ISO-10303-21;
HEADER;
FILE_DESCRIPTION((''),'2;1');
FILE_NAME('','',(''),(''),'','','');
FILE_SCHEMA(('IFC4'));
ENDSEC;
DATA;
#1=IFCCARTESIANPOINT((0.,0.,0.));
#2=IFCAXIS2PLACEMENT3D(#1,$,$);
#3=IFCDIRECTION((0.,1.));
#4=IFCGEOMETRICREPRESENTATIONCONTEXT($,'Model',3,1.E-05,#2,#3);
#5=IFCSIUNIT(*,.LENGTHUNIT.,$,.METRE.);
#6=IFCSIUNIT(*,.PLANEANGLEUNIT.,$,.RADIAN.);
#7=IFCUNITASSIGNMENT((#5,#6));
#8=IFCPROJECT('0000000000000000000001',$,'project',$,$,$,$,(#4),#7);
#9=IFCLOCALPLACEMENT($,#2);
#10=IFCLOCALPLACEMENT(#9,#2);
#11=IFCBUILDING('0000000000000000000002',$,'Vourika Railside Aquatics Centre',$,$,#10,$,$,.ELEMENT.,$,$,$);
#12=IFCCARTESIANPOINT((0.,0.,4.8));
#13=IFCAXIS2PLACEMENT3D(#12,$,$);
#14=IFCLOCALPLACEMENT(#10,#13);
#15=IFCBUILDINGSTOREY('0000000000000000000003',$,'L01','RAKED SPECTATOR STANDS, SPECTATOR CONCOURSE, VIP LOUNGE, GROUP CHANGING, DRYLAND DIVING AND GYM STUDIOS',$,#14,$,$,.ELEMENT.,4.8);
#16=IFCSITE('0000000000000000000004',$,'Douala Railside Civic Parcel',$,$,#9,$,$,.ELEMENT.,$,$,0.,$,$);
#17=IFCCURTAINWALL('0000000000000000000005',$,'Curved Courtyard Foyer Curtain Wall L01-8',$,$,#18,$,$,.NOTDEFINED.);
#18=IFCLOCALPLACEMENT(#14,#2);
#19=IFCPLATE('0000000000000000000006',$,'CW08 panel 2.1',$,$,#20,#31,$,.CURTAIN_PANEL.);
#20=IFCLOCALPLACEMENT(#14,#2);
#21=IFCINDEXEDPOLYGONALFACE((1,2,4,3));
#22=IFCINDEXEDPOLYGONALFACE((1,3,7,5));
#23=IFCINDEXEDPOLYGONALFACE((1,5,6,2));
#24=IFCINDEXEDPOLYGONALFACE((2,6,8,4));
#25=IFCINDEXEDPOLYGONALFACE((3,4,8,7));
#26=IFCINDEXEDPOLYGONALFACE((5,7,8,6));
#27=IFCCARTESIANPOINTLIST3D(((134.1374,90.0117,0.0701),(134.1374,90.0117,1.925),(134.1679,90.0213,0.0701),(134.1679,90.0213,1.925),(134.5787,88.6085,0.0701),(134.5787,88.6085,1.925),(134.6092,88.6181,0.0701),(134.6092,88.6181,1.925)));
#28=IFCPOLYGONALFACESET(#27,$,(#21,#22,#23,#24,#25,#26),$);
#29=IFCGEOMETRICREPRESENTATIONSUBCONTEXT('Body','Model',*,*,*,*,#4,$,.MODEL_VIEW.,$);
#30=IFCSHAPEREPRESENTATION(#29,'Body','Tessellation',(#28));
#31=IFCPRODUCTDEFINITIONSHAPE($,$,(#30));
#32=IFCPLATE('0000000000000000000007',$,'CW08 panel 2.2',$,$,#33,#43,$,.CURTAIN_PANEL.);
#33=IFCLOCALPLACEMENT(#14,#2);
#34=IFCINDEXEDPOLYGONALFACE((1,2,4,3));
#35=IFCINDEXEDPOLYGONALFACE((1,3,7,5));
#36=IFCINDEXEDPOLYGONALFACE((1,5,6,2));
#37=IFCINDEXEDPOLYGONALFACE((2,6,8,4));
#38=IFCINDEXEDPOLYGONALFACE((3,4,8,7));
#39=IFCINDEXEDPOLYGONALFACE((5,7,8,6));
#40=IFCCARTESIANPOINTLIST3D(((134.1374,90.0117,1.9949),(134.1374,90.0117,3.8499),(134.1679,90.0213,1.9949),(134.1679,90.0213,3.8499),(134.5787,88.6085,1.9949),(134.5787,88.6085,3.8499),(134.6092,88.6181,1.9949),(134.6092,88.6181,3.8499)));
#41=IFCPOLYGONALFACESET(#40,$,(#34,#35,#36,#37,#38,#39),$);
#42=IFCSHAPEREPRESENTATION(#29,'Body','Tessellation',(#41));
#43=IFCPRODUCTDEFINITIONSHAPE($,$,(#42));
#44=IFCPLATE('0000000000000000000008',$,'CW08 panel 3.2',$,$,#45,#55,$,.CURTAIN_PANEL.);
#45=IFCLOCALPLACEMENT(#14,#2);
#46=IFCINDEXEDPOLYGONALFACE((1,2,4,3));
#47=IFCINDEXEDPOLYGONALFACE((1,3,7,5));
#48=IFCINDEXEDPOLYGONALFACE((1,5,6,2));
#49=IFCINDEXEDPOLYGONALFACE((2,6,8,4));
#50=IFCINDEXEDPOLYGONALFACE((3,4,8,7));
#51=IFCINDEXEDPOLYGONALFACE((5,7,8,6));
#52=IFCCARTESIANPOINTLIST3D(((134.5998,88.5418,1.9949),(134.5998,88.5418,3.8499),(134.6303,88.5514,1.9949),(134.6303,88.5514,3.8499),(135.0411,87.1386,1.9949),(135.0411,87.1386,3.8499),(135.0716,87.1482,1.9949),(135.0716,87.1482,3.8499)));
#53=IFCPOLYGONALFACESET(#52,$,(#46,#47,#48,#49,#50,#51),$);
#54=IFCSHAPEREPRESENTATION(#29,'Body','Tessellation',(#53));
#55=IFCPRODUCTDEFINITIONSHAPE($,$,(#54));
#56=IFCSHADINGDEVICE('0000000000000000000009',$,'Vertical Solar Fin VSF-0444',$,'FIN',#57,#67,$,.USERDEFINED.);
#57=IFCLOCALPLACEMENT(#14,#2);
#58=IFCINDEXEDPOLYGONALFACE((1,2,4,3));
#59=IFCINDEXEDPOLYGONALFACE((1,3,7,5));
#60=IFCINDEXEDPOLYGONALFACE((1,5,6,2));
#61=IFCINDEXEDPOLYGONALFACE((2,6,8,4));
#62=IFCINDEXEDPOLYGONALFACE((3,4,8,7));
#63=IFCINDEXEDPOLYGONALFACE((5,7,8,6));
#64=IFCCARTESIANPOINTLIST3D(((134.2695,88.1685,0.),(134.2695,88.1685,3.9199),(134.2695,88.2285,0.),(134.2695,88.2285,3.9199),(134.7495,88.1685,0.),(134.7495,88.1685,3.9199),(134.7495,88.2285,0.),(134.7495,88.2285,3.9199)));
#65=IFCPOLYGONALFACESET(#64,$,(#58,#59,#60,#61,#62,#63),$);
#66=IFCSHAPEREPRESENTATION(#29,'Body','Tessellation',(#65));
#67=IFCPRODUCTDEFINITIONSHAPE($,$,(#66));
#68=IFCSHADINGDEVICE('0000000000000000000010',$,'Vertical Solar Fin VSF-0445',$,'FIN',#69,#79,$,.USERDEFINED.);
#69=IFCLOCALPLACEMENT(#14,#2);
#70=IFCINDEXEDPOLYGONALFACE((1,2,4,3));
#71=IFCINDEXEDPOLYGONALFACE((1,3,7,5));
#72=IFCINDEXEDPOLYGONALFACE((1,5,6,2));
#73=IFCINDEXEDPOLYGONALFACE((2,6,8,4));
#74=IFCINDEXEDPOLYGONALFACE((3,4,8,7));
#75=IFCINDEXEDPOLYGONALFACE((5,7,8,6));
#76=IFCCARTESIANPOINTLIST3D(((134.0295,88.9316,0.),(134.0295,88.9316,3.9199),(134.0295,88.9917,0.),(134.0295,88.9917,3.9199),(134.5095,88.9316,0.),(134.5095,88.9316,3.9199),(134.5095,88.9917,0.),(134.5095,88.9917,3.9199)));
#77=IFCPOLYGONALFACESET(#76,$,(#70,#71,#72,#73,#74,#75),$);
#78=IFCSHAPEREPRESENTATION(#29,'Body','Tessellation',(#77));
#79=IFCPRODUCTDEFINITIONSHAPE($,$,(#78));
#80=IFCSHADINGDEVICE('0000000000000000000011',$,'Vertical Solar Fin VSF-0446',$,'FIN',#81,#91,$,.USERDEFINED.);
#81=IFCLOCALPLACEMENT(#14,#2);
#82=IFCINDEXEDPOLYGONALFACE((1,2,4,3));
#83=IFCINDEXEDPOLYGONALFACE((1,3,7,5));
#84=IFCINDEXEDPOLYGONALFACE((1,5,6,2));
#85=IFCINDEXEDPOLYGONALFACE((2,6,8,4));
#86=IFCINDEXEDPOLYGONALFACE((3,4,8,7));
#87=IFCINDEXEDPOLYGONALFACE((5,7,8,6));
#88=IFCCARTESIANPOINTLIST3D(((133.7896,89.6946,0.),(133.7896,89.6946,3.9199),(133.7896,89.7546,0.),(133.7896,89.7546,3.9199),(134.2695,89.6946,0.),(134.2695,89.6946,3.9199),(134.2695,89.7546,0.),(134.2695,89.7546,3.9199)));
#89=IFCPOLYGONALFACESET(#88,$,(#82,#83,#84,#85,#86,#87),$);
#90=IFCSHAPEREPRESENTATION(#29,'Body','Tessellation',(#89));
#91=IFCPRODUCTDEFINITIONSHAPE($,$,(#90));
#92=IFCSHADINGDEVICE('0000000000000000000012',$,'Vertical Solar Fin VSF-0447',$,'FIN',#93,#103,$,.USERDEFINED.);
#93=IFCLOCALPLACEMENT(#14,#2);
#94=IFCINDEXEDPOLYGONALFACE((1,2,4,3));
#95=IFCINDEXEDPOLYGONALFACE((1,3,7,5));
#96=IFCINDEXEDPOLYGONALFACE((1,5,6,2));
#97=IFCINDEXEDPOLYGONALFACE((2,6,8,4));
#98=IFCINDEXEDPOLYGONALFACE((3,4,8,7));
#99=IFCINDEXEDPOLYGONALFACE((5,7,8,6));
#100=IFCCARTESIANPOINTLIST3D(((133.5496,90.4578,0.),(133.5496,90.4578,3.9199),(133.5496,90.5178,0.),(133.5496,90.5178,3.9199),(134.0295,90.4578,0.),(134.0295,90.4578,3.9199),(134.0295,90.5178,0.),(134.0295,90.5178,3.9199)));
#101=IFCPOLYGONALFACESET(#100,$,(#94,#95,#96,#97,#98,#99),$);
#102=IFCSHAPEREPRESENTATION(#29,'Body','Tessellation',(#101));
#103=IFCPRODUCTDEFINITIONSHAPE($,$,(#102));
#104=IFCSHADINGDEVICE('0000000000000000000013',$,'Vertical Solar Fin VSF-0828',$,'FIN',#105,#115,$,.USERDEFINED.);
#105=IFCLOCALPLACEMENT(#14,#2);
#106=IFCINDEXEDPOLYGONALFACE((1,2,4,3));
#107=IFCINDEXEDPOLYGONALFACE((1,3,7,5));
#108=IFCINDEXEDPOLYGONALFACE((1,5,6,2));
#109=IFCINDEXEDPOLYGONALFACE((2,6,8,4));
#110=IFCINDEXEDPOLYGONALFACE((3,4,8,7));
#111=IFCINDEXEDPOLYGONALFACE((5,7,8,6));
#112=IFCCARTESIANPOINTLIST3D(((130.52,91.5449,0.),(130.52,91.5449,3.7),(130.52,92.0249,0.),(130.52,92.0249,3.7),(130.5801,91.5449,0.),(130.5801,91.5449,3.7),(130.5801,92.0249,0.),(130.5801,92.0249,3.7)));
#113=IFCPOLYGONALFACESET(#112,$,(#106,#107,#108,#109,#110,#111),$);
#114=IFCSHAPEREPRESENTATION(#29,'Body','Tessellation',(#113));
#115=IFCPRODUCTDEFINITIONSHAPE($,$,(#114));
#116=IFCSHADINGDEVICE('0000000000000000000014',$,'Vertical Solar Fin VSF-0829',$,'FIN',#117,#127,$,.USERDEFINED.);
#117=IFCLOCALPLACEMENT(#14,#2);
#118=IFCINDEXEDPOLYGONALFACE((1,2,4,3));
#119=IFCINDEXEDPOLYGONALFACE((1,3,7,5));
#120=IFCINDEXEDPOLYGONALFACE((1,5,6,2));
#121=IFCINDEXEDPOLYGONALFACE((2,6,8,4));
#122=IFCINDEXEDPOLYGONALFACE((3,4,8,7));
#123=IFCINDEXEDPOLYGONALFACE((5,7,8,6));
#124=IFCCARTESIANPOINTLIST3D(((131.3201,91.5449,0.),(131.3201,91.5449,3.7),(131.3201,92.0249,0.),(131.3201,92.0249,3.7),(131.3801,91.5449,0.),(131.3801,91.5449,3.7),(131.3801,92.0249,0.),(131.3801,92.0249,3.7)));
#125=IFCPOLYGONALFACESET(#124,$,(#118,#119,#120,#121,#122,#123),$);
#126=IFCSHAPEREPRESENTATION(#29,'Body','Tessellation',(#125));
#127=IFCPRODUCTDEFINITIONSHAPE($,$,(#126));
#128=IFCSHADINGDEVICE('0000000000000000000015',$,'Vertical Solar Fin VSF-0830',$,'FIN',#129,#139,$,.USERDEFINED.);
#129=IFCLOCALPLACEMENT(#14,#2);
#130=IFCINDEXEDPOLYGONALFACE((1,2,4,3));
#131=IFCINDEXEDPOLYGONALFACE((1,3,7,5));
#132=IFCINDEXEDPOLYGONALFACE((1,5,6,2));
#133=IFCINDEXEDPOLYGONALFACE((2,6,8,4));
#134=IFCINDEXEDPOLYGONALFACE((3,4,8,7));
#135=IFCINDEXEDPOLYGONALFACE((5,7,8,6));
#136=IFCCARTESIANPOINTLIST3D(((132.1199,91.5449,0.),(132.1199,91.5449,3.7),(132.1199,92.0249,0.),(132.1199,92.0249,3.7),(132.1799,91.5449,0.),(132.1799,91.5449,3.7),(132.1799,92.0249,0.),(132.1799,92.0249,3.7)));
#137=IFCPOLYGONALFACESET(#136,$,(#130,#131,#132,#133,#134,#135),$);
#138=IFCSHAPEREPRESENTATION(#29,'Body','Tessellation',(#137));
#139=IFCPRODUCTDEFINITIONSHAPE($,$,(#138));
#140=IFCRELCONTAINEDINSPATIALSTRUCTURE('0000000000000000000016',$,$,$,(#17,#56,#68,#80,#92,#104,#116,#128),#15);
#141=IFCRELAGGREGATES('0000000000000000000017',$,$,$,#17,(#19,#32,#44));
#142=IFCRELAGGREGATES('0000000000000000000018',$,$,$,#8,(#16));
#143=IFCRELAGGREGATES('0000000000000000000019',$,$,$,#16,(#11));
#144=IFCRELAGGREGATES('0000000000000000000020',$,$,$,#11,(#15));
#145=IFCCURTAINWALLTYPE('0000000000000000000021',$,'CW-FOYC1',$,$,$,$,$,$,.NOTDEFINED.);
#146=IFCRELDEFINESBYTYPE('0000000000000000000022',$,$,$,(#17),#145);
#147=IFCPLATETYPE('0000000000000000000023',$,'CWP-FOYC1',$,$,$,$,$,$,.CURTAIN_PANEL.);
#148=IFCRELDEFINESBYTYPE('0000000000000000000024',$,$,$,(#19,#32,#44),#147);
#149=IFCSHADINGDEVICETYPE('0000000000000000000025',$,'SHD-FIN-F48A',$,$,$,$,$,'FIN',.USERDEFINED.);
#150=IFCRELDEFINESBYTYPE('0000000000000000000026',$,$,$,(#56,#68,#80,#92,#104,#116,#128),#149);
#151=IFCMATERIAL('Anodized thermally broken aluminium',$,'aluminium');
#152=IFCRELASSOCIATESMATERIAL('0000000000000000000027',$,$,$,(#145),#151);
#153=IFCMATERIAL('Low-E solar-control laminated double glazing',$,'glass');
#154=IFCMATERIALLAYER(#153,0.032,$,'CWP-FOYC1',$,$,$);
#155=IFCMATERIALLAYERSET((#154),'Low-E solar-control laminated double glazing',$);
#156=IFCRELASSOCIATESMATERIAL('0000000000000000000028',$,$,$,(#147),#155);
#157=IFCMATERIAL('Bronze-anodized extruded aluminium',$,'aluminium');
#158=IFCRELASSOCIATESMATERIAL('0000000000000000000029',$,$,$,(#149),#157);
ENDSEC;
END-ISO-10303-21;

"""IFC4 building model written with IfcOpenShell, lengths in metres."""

from ifc_helpers import new_model, si_unit, direction, frame, origin, origin_2d, place, context, subcontext, project, spatial, rectangle, extrude, material, layer, layer_set, material_profile, profile_set, type_object, element, aggregate, save


model = new_model("IFC4")

# Units and contexts
model_context = context("Model", 3, precision=1e-05, world=origin(), true_north=direction((0.0, 1.0)))
body_context = subcontext(model_context, "Body", "Model", "MODEL_VIEW")
ifc_project = project(units=[si_unit("LENGTHUNIT", "METRE"), si_unit("PLANEANGLEUNIT", "RADIAN")], contexts=[model_context])

# Site, building, storey
site_placement = place(None, origin())
site = spatial("IfcSite", under=ifc_project, at=site_placement, Name="Douala Railside Civic Parcel", CompositionType="ELEMENT", RefElevation=0.0)
building_placement = place(site_placement, origin())
building = spatial("IfcBuilding", under=site, at=building_placement, Name="Vourika Railside Aquatics Centre", CompositionType="ELEMENT")
storey_placement = place(building_placement, frame((0.0, 0.0, 4.8)))
storey = spatial("IfcBuildingStorey", under=building, at=storey_placement, Name="L01", Description="RAKED SPECTATOR STANDS, SPECTATOR CONCOURSE, VIP LOUNGE, GROUP CHANGING, DRYLAND DIVING AND GYM STUDIOS", CompositionType="ELEMENT", Elevation=4.8)

# Curtain wall, plates
ifc_material_1 = material(Name="Anodized thermally broken aluminium", Category="aluminium")
curtain_wall_type = type_object("IfcCurtainWallType", Name="CW-FOYC1", PredefinedType="NOTDEFINED", material=ifc_material_1)
curtain_wall_placement = place(storey_placement, origin())
curtain_wall = element("IfcCurtainWall", 1, at=curtain_wall_placement, inside=storey, type_object=curtain_wall_type, Name="Curved Courtyard Foyer Curtain Wall L01-8", PredefinedType="NOTDEFINED")
ifc_material_2 = material(Name="Low-E solar-control laminated double glazing", Category="glass")
ifc_layer = layer(ifc_material_2, 0.032, Name="CWP-FOYC1")
ifc_layer_set = layer_set([ifc_layer], Name="Low-E solar-control laminated double glazing")
plate_type = type_object("IfcPlateType", Name="CWP-FOYC1", PredefinedType="CURTAIN_PANEL", material=ifc_layer_set)
plate_1_placement = place(storey_placement, frame((134.3733, 89.3149, 0.0701), z_axis=(0.0, 0.0, 1.0), x_axis=(0.299974, -0.953947, 0.0)))
plate_1 = element("IfcPlate", 2, at=plate_1_placement, type_object=plate_type, Name="CW08 panel 2.1", PredefinedType="CURTAIN_PANEL", context=body_context, shape_type="SweptSolid", body=[
    extrude(rectangle(XDim=1.4709, YDim=0.032, at=origin_2d()), origin(), (0.0, 0.0, 1.0), 1.855),
])
plate_2_placement = place(storey_placement, frame((134.3733, 89.3149, 1.9949), z_axis=(0.0, 0.0, 1.0), x_axis=(0.299974, -0.953947, 0.0)))
plate_2 = element("IfcPlate", 3, at=plate_2_placement, type_object=plate_type, Name="CW08 panel 2.2", PredefinedType="CURTAIN_PANEL", context=body_context, shape_type="SweptSolid", body=[
    extrude(rectangle(XDim=1.4709, YDim=0.032, at=origin_2d()), origin(), (0.0, 0.0, 1.0), 1.855),
])
plate_3_placement = place(storey_placement, frame((134.8357, 87.845, 1.9949), z_axis=(0.0, 0.0, 1.0), x_axis=(0.299974, -0.953947, 0.0)))
plate_3 = element("IfcPlate", 4, at=plate_3_placement, type_object=plate_type, Name="CW08 panel 3.2", PredefinedType="CURTAIN_PANEL", context=body_context, shape_type="SweptSolid", body=[
    extrude(rectangle(XDim=1.4709, YDim=0.032, at=origin_2d()), origin(), (0.0, 0.0, 1.0), 1.855),
])
aggregate(curtain_wall, [plate_1, plate_2, plate_3])

# Shading devices
ifc_material_3 = material(Name="Bronze-anodized extruded aluminium", Category="aluminium")
ifc_material_profile_1 = material_profile(ifc_material_3, rectangle(XDim=0.0601, YDim=0.48, at=origin_2d()), Name="ALU-FIN 60x480")
ifc_profile_set_1 = profile_set([ifc_material_profile_1], Name="Bronze-anodized extruded aluminium")
shading_device_type = type_object("IfcShadingDeviceType", Name="SHD-FIN-F48A", ElementType="FIN", PredefinedType="USERDEFINED", material=ifc_profile_set_1)
for number, where, z_axis, x_axis, name in (
    (5, (134.5095, 88.1985, 0.0), (0.0, 0.0, 1.0), (0.0, 1.0, 0.0), "Vertical Solar Fin VSF-0444"),
    (6, (134.2695, 88.9617, 0.0), (0.0, 0.0, 1.0), (0.0, 1.0, 0.0), "Vertical Solar Fin VSF-0445"),
    (7, (134.0295, 89.7246, 0.0), (0.0, 0.0, 1.0), (0.0, 1.0, 0.0), "Vertical Solar Fin VSF-0446"),
    (8, (133.7896, 90.4878, 0.0), (0.0, 0.0, 1.0), (0.0, 1.0, 0.0), "Vertical Solar Fin VSF-0447"),
):
    element("IfcShadingDevice", number, at=place(storey_placement, frame(where, z_axis=z_axis, x_axis=x_axis)), inside=storey, type_object=shading_device_type, Name=name, ObjectType="FIN", PredefinedType="USERDEFINED", context=body_context, shape_type="SweptSolid", body=[
        extrude(rectangle(XDim=0.0601, YDim=0.48, at=origin_2d()), origin(), (0.0, 0.0, 1.0), 3.9199),
    ])
for number, where, z_axis, x_axis, name in (
    (9, (130.55, 91.7849, 0.0), (0.0, 0.0, 1.0), (-1.0, 0.0, 0.0), "Vertical Solar Fin VSF-0828"),
    (10, (131.3501, 91.7849, 0.0), (0.0, 0.0, 1.0), (-1.0, 0.0, 0.0), "Vertical Solar Fin VSF-0829"),
    (11, (132.1499, 91.7849, 0.0), (0.0, 0.0, 1.0), (-1.0, 0.0, 0.0), "Vertical Solar Fin VSF-0830"),
):
    element("IfcShadingDevice", number, at=place(storey_placement, frame(where, z_axis=z_axis, x_axis=x_axis)), inside=storey, type_object=shading_device_type, Name=name, ObjectType="FIN", PredefinedType="USERDEFINED", context=body_context, shape_type="SweptSolid", body=[
        extrude(rectangle(XDim=0.0601, YDim=0.48, at=origin_2d()), origin(), (0.0, 0.0, 1.0), 3.7),
    ])

save(model, "model.ifc")
